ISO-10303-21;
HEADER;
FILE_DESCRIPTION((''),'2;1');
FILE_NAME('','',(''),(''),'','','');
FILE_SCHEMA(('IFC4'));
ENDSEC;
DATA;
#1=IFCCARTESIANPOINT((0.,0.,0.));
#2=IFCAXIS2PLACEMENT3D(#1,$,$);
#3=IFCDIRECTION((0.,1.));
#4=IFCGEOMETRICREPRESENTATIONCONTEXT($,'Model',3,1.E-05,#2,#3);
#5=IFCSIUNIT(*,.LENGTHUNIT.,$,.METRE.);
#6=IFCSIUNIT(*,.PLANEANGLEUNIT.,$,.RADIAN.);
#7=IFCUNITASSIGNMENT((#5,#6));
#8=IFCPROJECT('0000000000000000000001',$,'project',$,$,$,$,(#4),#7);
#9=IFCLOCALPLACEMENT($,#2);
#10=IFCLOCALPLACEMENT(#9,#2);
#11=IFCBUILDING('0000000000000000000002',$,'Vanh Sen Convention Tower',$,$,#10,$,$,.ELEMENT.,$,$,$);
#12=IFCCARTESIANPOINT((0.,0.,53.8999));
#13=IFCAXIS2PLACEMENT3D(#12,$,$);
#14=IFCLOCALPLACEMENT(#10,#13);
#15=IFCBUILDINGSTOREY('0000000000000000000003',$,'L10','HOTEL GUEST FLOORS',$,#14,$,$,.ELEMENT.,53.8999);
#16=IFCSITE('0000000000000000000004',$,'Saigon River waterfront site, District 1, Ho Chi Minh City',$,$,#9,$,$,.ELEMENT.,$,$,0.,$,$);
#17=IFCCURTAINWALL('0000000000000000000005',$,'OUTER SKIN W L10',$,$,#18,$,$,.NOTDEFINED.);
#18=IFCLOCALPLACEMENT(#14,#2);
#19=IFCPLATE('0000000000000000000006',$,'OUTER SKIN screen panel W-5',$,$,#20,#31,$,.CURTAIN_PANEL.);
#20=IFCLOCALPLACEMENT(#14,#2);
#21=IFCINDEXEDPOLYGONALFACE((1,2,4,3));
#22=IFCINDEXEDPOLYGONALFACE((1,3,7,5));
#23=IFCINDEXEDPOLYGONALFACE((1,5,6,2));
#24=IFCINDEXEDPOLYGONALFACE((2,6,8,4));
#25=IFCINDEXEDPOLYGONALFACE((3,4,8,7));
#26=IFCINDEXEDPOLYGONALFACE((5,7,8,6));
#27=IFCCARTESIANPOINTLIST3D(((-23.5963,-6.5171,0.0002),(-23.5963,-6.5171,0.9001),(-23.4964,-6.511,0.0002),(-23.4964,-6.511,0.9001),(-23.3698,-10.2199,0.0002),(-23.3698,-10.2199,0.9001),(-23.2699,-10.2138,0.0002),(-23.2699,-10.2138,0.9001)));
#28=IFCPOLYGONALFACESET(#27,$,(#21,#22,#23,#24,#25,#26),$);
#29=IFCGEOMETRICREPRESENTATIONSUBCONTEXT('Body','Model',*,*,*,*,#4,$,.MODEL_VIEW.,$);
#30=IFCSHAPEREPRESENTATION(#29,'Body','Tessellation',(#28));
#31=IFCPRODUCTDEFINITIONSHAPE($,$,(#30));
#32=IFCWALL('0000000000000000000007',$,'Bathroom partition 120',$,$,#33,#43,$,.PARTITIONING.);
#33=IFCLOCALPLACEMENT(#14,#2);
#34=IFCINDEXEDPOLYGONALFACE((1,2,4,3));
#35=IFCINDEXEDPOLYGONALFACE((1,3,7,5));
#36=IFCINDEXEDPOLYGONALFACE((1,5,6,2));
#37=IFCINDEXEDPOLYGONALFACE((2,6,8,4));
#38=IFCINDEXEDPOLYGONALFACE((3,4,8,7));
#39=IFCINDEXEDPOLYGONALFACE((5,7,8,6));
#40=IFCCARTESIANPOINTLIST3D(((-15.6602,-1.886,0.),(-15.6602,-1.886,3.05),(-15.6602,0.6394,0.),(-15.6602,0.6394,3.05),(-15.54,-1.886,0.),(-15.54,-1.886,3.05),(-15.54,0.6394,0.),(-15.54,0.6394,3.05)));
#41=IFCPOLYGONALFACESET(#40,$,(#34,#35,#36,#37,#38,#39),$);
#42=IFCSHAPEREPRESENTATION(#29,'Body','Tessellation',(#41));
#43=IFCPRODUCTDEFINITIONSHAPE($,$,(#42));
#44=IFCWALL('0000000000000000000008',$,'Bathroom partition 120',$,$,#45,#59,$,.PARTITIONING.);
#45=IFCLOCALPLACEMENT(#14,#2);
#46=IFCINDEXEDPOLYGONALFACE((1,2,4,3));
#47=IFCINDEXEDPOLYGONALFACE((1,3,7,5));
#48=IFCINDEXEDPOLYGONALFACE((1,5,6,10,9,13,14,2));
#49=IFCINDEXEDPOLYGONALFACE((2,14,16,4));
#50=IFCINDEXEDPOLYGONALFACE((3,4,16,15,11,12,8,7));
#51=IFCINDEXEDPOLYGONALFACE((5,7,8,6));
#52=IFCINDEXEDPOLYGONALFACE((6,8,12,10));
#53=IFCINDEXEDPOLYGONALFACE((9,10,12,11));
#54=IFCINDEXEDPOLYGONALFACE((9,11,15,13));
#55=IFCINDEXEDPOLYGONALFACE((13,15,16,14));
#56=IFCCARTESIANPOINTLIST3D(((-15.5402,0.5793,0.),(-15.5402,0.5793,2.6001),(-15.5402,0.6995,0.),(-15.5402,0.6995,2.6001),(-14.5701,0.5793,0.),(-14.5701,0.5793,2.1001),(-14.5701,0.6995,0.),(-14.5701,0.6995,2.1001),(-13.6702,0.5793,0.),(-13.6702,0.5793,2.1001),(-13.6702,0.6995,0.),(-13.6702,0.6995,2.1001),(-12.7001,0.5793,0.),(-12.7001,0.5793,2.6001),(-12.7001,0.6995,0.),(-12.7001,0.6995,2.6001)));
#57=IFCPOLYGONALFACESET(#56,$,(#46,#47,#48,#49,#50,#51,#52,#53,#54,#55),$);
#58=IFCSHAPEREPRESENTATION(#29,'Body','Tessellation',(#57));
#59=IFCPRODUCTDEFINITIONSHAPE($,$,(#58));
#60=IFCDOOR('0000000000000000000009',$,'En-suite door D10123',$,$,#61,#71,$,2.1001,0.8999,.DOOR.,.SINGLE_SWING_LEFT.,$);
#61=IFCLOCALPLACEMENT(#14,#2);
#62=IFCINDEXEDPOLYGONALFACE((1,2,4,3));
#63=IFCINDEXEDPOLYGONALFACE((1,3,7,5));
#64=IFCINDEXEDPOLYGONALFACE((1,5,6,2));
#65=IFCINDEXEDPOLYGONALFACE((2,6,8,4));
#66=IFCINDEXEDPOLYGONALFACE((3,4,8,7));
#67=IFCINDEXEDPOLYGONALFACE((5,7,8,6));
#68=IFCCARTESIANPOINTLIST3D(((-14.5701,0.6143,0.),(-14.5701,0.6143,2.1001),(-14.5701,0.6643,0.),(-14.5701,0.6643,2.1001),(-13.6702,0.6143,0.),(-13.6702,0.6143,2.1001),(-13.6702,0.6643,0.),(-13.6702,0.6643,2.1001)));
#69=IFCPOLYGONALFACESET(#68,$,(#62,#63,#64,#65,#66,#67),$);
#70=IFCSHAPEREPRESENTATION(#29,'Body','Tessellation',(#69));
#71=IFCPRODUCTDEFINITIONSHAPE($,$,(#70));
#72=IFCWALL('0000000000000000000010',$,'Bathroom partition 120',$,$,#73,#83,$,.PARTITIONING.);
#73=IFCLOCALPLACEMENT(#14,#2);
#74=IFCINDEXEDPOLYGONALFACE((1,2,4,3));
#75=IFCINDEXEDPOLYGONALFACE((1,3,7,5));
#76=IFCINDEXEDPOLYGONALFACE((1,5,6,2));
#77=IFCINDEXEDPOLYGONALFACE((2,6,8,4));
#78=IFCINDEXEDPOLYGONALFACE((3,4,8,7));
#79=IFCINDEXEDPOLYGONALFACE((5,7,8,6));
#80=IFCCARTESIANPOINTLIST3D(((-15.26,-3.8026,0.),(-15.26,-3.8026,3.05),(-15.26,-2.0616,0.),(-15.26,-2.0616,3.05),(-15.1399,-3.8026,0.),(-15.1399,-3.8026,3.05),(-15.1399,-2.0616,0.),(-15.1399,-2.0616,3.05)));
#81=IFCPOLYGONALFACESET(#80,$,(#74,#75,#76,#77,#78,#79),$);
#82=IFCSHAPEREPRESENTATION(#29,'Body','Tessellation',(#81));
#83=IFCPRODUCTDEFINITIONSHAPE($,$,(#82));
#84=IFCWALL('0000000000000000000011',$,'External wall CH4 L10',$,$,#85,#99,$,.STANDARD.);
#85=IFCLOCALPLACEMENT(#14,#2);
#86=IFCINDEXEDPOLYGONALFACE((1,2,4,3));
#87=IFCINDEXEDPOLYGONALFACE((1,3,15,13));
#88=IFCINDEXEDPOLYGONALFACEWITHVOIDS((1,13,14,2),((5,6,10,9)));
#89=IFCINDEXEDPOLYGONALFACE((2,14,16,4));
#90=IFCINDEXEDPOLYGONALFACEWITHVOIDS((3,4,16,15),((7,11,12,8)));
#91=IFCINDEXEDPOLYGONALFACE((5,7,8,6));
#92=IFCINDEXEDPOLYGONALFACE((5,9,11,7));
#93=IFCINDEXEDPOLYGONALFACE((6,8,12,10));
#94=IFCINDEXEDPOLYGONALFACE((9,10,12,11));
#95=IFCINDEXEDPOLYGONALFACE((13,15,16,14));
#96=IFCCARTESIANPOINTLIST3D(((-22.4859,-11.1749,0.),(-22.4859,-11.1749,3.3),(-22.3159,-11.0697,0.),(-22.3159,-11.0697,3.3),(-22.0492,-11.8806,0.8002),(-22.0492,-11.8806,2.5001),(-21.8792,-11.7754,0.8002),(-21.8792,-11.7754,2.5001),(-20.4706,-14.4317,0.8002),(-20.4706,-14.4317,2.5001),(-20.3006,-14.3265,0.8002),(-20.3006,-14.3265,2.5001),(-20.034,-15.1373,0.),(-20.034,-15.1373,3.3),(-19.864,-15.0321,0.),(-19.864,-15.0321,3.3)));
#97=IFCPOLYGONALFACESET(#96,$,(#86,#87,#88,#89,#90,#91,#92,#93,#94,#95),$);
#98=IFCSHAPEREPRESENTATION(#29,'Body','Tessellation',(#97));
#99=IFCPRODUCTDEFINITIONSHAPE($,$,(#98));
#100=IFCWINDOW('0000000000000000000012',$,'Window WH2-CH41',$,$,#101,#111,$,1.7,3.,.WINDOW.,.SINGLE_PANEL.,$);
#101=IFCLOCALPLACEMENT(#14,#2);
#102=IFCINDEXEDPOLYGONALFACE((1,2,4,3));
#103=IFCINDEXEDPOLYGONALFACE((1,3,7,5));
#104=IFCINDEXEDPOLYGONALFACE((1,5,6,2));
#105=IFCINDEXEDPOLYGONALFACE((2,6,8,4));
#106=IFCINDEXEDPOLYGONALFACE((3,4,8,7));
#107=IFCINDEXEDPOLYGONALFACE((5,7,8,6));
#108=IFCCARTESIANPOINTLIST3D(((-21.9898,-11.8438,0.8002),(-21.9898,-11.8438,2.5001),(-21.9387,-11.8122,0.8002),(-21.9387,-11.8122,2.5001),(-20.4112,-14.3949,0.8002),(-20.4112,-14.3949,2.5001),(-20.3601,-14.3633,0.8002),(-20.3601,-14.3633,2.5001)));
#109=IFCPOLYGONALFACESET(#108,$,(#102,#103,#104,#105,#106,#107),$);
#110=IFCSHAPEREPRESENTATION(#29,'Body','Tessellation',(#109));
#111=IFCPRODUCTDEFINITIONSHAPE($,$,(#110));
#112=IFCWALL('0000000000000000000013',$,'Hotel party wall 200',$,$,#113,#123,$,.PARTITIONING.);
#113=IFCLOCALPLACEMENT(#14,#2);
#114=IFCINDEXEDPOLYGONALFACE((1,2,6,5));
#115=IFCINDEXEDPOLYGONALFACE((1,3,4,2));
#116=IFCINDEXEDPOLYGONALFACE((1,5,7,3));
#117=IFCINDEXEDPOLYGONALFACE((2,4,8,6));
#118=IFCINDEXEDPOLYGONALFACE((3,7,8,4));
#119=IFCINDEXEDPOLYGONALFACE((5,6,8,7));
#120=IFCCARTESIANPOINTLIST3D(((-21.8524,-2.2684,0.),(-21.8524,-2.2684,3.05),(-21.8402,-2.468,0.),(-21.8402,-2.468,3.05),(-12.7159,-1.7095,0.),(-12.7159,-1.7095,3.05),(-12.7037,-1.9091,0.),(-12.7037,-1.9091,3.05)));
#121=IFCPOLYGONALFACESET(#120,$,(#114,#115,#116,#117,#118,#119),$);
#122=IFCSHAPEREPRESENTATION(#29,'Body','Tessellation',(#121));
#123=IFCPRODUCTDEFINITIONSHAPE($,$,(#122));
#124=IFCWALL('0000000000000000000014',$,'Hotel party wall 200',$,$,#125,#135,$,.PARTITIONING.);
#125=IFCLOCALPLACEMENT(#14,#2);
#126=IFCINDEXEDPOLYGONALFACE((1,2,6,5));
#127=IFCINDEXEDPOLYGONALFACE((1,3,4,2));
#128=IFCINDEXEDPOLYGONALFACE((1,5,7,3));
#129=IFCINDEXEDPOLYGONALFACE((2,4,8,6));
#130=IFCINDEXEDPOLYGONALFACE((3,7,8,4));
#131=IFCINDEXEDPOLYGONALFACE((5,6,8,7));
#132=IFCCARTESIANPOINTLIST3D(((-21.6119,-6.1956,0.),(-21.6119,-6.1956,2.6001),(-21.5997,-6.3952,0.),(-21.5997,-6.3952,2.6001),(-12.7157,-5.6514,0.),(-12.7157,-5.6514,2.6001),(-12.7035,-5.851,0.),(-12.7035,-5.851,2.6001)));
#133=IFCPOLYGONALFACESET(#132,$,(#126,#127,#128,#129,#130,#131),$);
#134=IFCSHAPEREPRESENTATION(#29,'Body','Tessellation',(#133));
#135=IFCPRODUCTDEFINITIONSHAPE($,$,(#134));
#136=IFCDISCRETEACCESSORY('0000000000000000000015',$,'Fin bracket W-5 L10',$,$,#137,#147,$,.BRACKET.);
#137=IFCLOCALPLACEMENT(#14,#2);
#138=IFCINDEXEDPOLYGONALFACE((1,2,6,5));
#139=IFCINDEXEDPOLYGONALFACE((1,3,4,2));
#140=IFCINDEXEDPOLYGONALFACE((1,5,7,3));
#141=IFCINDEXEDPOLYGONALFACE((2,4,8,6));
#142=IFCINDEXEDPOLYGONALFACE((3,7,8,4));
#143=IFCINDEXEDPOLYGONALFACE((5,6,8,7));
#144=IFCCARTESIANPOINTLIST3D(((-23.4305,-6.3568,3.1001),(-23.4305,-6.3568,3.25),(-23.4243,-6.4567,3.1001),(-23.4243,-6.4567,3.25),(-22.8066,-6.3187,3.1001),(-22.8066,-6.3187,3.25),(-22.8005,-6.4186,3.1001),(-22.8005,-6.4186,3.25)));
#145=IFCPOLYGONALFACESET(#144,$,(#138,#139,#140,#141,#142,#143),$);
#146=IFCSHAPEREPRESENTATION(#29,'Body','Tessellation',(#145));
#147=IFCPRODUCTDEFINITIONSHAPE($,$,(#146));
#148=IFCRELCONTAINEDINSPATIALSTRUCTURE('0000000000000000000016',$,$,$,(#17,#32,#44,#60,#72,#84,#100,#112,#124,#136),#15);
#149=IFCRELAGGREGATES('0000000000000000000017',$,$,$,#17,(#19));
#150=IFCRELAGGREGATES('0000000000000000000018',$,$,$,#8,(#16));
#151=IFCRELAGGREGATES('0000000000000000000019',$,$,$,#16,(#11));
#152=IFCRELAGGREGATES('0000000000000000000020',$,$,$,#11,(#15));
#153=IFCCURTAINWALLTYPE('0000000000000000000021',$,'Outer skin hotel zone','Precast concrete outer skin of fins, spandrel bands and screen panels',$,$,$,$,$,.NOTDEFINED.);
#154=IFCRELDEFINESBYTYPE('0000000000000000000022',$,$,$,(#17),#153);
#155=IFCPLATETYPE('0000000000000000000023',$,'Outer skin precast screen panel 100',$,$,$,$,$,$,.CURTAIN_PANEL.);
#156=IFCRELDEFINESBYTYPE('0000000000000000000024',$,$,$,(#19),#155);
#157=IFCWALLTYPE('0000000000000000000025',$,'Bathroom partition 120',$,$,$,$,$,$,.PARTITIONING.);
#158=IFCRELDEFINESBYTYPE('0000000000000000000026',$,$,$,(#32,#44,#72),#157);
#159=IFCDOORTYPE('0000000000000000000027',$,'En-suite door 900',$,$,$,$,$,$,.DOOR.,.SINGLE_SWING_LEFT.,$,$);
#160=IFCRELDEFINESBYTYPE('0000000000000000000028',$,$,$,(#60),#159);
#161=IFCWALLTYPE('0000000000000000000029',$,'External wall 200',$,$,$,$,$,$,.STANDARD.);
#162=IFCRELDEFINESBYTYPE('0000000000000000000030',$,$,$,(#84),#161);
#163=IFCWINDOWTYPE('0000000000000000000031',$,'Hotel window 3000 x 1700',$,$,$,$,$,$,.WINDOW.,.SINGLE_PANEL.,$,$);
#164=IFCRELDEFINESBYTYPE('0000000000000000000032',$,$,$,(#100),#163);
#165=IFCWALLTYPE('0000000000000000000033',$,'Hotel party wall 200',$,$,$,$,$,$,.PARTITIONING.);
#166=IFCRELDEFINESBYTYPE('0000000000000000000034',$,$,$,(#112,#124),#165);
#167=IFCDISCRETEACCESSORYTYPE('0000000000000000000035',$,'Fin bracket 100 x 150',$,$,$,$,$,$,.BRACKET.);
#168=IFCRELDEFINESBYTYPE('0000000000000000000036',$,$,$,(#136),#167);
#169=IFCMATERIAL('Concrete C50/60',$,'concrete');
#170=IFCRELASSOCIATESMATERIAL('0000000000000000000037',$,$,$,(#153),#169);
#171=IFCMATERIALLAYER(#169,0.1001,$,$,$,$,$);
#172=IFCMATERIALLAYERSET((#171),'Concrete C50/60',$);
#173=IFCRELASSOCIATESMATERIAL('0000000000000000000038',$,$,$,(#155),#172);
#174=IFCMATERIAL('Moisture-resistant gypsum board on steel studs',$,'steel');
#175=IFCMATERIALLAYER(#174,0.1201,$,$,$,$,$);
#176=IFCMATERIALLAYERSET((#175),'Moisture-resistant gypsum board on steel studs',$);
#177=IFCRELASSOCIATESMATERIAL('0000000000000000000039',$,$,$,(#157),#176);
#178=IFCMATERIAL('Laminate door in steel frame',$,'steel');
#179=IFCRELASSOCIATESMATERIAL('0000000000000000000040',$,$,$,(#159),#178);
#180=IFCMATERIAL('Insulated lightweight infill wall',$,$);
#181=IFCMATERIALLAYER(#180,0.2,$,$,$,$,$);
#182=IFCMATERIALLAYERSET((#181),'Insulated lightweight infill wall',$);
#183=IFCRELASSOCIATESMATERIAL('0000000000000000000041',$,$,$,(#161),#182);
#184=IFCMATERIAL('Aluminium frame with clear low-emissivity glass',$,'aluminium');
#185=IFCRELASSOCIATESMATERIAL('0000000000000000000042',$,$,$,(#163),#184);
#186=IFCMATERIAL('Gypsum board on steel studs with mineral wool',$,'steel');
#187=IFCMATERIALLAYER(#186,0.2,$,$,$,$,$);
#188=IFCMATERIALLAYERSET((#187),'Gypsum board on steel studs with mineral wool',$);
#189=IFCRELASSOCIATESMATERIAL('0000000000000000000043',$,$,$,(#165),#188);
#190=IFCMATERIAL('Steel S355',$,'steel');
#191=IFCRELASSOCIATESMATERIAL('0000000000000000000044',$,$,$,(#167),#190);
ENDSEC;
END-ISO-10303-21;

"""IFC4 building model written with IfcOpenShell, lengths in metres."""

from ifc_helpers import new_model, si_unit, direction, frame, frame_2d, origin, origin_2d, place, context, subcontext, project, spatial, rectangle, extrude, material, layer, layer_set, type_object, element, fill, aggregate, save


model = new_model("IFC4")

# Units and contexts
model_context = context("Model", 3, precision=1e-05, world=origin(), true_north=direction((0.0, 1.0)))
body_context = subcontext(model_context, "Body", "Model", "MODEL_VIEW")
ifc_project = project(units=[si_unit("LENGTHUNIT", "METRE"), si_unit("PLANEANGLEUNIT", "RADIAN")], contexts=[model_context])

# Site, building, storey
site_placement = place(None, origin())
site = spatial("IfcSite", under=ifc_project, at=site_placement, Name="Saigon River waterfront site, District 1, Ho Chi Minh City", CompositionType="ELEMENT", RefElevation=0.0)
building_placement = place(site_placement, origin())
building = spatial("IfcBuilding", under=site, at=building_placement, Name="Vanh Sen Convention Tower", CompositionType="ELEMENT")
storey_placement = place(building_placement, frame((0.0, 0.0, 53.8999)))
storey = spatial("IfcBuildingStorey", under=building, at=storey_placement, Name="L10", Description="HOTEL GUEST FLOORS", CompositionType="ELEMENT", Elevation=53.8999)

# Curtain wall
ifc_material_1 = material(Name="Concrete C50/60", Category="concrete")
curtain_wall_type = type_object("IfcCurtainWallType", Name="Outer skin hotel zone", Description="Precast concrete outer skin of fins, spandrel bands and screen panels", PredefinedType="NOTDEFINED", material=ifc_material_1)
curtain_wall_1_placement = place(storey_placement, origin())
curtain_wall_1 = element("IfcCurtainWall", 1, at=curtain_wall_1_placement, inside=storey, type_object=curtain_wall_type, Name="OUTER SKIN W L10", PredefinedType="NOTDEFINED")

# Plate
ifc_layer_1 = layer(ifc_material_1, 0.1001)
ifc_layer_set_1 = layer_set([ifc_layer_1], Name="Concrete C50/60")
plate_type = type_object("IfcPlateType", Name="Outer skin precast screen panel 100", PredefinedType="CURTAIN_PANEL", material=ifc_layer_set_1)
plate_1_placement = place(storey_placement, frame((-23.4331, -8.3655, 0.0002), z_axis=(0.0, 0.0, 1.0), x_axis=(0.061047, -0.998135, 0.0)))
plate_1 = element("IfcPlate", 2, at=plate_1_placement, type_object=plate_type, Name="OUTER SKIN screen panel W-5", PredefinedType="CURTAIN_PANEL", context=body_context, shape_type="SweptSolid", body=[
    extrude(rectangle(XDim=3.7097, YDim=0.1001, at=origin_2d()), origin(), (0.0, 0.0, 1.0), 0.8999),
])
aggregate(curtain_wall_1, [plate_1])

# Wall
ifc_material_2 = material(Name="Moisture-resistant gypsum board on steel studs", Category="steel")
ifc_layer_2 = layer(ifc_material_2, 0.1201)
ifc_layer_set_2 = layer_set([ifc_layer_2], Name="Moisture-resistant gypsum board on steel studs")
wall_type_1 = type_object("IfcWallType", Name="Bathroom partition 120", PredefinedType="PARTITIONING", material=ifc_layer_set_2)
wall_1_placement = place(storey_placement, frame((-15.6001, -1.886, 0.0), z_axis=(0.0, 0.0, 1.0), x_axis=(0.0, 1.0, 0.0)))
element("IfcWall", 3, at=wall_1_placement, inside=storey, type_object=wall_type_1, Name="Bathroom partition 120", PredefinedType="PARTITIONING", context=body_context, shape_type="SweptSolid", body=[
    extrude(rectangle(XDim=2.5254, YDim=0.1201, at=frame_2d((1.2627, 0.0))), origin(), (0.0, 0.0, 1.0), 3.05),
])

# Wall, opening, door
wall_2_placement = place(storey_placement, frame((-15.54, 0.6394, 0.0), z_axis=(0.0, 0.0, 1.0), x_axis=(1.0, 0.0, 0.0)))
wall_2 = element("IfcWall", 4, at=wall_2_placement, inside=storey, type_object=wall_type_1, Name="Bathroom partition 120", PredefinedType="PARTITIONING", context=body_context, shape_type="SweptSolid", body=[
    extrude(rectangle(XDim=2.8401, YDim=0.1201, at=frame_2d((1.4199, 0.0))), origin(), (0.0, 0.0, 1.0), 2.6001),
])
opening_1_placement = place(wall_2_placement, frame((0.97, 0.0, 0.0)))
opening_1 = element("IfcOpeningElement", 5, at=opening_1_placement, cuts=wall_2, PredefinedType="OPENING", context=body_context, shape_type="SweptSolid", body=[
    extrude(rectangle(XDim=0.8999, YDim=2.1001, at=frame_2d((0.45, 1.05))), frame((0.0, 0.0701, 0.0), z_axis=(0.0, -1.0, 0.0), x_axis=(1.0, 0.0, 0.0)), (0.0, 0.0, 1.0), 0.1401),
])
ifc_material_3 = material(Name="Laminate door in steel frame", Category="steel")
door_type = type_object("IfcDoorType", Name="En-suite door 900", OperationType="SINGLE_SWING_LEFT", PredefinedType="DOOR", material=ifc_material_3)
door_placement = place(opening_1_placement, origin())
door = element("IfcDoor", 6, at=door_placement, inside=storey, type_object=door_type, Name="En-suite door D10123", OperationType="SINGLE_SWING_LEFT", OverallHeight=2.1001, OverallWidth=0.8999, PredefinedType="DOOR", context=body_context, shape_type="SweptSolid", body=[
    extrude(rectangle(XDim=0.8999, YDim=2.1001, at=frame_2d((0.45, 1.05))), frame((0.0, 0.0249, 0.0), z_axis=(0.0, -1.0, 0.0), x_axis=(1.0, 0.0, 0.0)), (0.0, 0.0, 1.0), 0.05),
])
fill(opening_1, door)

# Wall
wall_3_placement = place(storey_placement, frame((-15.2, -3.8027, 0.0), z_axis=(0.0, 0.0, 1.0), x_axis=(0.0, 1.0, 0.0)))
element("IfcWall", 7, at=wall_3_placement, inside=storey, type_object=wall_type_1, Name="Bathroom partition 120", PredefinedType="PARTITIONING", context=body_context, shape_type="SweptSolid", body=[
    extrude(rectangle(XDim=1.741, YDim=0.1201, at=frame_2d((0.8706, 0.0))), origin(), (0.0, 0.0, 1.0), 3.05),
])

# Wall, opening, window
ifc_material_4 = material(Name="Insulated lightweight infill wall")
ifc_layer_3 = layer(ifc_material_4, 0.2)
ifc_layer_set_3 = layer_set([ifc_layer_3], Name="Insulated lightweight infill wall")
wall_type_2 = type_object("IfcWallType", Name="External wall 200", PredefinedType="STANDARD", material=ifc_layer_set_3)
wall_4_placement = place(storey_placement, frame((-22.4009, -11.1223, 0.0), z_axis=(0.0, 0.0, 1.0), x_axis=(0.526198, -0.850362, 0.0)))
wall_4 = element("IfcWall", 8, at=wall_4_placement, inside=storey, type_object=wall_type_2, Name="External wall CH4 L10", PredefinedType="STANDARD", context=body_context, shape_type="SweptSolid", body=[
    extrude(rectangle(XDim=4.6597, YDim=0.2, at=frame_2d((2.3298, 0.0))), origin(), (0.0, 0.0, 1.0), 3.3),
])
opening_2_placement = place(wall_4_placement, frame((0.8298, 0.0, 0.8)))
opening_2 = element("IfcOpeningElement", 9, at=opening_2_placement, cuts=wall_4, PredefinedType="OPENING", context=body_context, shape_type="SweptSolid", body=[
    extrude(rectangle(XDim=3.0, YDim=1.7, at=frame_2d((1.5, 0.8501))), frame((0.0, 0.1099, 0.0), z_axis=(0.0, -1.0, 0.0), x_axis=(1.0, 0.0, 0.0)), (0.0, 0.0, 1.0), 0.22),
])
ifc_material_5 = material(Name="Aluminium frame with clear low-emissivity glass", Category="aluminium")
window_type = type_object("IfcWindowType", Name="Hotel window 3000 x 1700", PartitioningType="SINGLE_PANEL", PredefinedType="WINDOW", material=ifc_material_5)
window_placement = place(opening_2_placement, origin())
window = element("IfcWindow", 10, at=window_placement, inside=storey, type_object=window_type, Name="Window WH2-CH41", OverallHeight=1.7, OverallWidth=3.0, PartitioningType="SINGLE_PANEL", PredefinedType="WINDOW", context=body_context, shape_type="SweptSolid", body=[
    extrude(rectangle(XDim=3.0, YDim=1.7, at=frame_2d((1.5, 0.8501))), frame((0.0, 0.03, 0.0), z_axis=(0.0, -1.0, 0.0), x_axis=(1.0, 0.0, 0.0)), (0.0, 0.0, 1.0), 0.0601),
])
fill(opening_2, window)

# Walls
ifc_material_6 = material(Name="Gypsum board on steel studs with mineral wool", Category="steel")
ifc_layer_4 = layer(ifc_material_6, 0.2)
ifc_layer_set_4 = layer_set([ifc_layer_4], Name="Gypsum board on steel studs with mineral wool")
wall_type_3 = type_object("IfcWallType", Name="Hotel party wall 200", PredefinedType="PARTITIONING", material=ifc_layer_set_4)
wall_5_placement = place(storey_placement, frame((-21.8462, -2.3682, 0.0), z_axis=(0.0, 0.0, 1.0), x_axis=(0.998135, 0.061051, 0.0)))
element("IfcWall", 11, at=wall_5_placement, inside=storey, type_object=wall_type_3, Name="Hotel party wall 200", PredefinedType="PARTITIONING", context=body_context, shape_type="SweptSolid", body=[
    extrude(rectangle(XDim=9.1536, YDim=0.2, at=frame_2d((4.5767, 0.0))), origin(), (0.0, 0.0, 1.0), 3.05),
])
wall_6_placement = place(storey_placement, frame((-21.606, -6.2954, 0.0), z_axis=(0.0, 0.0, 1.0), x_axis=(0.998134, 0.061057, 0.0)))
element("IfcWall", 12, at=wall_6_placement, inside=storey, type_object=wall_type_3, Name="Hotel party wall 200", PredefinedType="PARTITIONING", context=body_context, shape_type="SweptSolid", body=[
    extrude(rectangle(XDim=8.9128, YDim=0.2, at=frame_2d((4.4565, 0.0))), origin(), (0.0, 0.0, 1.0), 2.6001),
])

# Discrete accessory
ifc_material_7 = material(Name="Steel S355", Category="steel")
discrete_accessory_type = type_object("IfcDiscreteAccessoryType", Name="Fin bracket 100 x 150", PredefinedType="BRACKET", material=ifc_material_7)
discrete_accessory_placement = place(storey_placement, frame((-23.1155, -6.3877, 3.1001), z_axis=(0.0, 0.0, 1.0), x_axis=(-0.998135, -0.061049, 0.0)))
element("IfcDiscreteAccessory", 13, at=discrete_accessory_placement, inside=storey, type_object=discrete_accessory_type, Name="Fin bracket W-5 L10", PredefinedType="BRACKET", context=body_context, shape_type="SweptSolid", body=[
    extrude(rectangle(XDim=0.625, YDim=0.1001, at=origin_2d()), origin(), (0.0, 0.0, 1.0), 0.1499),
])

save(model, "model.ifc")
